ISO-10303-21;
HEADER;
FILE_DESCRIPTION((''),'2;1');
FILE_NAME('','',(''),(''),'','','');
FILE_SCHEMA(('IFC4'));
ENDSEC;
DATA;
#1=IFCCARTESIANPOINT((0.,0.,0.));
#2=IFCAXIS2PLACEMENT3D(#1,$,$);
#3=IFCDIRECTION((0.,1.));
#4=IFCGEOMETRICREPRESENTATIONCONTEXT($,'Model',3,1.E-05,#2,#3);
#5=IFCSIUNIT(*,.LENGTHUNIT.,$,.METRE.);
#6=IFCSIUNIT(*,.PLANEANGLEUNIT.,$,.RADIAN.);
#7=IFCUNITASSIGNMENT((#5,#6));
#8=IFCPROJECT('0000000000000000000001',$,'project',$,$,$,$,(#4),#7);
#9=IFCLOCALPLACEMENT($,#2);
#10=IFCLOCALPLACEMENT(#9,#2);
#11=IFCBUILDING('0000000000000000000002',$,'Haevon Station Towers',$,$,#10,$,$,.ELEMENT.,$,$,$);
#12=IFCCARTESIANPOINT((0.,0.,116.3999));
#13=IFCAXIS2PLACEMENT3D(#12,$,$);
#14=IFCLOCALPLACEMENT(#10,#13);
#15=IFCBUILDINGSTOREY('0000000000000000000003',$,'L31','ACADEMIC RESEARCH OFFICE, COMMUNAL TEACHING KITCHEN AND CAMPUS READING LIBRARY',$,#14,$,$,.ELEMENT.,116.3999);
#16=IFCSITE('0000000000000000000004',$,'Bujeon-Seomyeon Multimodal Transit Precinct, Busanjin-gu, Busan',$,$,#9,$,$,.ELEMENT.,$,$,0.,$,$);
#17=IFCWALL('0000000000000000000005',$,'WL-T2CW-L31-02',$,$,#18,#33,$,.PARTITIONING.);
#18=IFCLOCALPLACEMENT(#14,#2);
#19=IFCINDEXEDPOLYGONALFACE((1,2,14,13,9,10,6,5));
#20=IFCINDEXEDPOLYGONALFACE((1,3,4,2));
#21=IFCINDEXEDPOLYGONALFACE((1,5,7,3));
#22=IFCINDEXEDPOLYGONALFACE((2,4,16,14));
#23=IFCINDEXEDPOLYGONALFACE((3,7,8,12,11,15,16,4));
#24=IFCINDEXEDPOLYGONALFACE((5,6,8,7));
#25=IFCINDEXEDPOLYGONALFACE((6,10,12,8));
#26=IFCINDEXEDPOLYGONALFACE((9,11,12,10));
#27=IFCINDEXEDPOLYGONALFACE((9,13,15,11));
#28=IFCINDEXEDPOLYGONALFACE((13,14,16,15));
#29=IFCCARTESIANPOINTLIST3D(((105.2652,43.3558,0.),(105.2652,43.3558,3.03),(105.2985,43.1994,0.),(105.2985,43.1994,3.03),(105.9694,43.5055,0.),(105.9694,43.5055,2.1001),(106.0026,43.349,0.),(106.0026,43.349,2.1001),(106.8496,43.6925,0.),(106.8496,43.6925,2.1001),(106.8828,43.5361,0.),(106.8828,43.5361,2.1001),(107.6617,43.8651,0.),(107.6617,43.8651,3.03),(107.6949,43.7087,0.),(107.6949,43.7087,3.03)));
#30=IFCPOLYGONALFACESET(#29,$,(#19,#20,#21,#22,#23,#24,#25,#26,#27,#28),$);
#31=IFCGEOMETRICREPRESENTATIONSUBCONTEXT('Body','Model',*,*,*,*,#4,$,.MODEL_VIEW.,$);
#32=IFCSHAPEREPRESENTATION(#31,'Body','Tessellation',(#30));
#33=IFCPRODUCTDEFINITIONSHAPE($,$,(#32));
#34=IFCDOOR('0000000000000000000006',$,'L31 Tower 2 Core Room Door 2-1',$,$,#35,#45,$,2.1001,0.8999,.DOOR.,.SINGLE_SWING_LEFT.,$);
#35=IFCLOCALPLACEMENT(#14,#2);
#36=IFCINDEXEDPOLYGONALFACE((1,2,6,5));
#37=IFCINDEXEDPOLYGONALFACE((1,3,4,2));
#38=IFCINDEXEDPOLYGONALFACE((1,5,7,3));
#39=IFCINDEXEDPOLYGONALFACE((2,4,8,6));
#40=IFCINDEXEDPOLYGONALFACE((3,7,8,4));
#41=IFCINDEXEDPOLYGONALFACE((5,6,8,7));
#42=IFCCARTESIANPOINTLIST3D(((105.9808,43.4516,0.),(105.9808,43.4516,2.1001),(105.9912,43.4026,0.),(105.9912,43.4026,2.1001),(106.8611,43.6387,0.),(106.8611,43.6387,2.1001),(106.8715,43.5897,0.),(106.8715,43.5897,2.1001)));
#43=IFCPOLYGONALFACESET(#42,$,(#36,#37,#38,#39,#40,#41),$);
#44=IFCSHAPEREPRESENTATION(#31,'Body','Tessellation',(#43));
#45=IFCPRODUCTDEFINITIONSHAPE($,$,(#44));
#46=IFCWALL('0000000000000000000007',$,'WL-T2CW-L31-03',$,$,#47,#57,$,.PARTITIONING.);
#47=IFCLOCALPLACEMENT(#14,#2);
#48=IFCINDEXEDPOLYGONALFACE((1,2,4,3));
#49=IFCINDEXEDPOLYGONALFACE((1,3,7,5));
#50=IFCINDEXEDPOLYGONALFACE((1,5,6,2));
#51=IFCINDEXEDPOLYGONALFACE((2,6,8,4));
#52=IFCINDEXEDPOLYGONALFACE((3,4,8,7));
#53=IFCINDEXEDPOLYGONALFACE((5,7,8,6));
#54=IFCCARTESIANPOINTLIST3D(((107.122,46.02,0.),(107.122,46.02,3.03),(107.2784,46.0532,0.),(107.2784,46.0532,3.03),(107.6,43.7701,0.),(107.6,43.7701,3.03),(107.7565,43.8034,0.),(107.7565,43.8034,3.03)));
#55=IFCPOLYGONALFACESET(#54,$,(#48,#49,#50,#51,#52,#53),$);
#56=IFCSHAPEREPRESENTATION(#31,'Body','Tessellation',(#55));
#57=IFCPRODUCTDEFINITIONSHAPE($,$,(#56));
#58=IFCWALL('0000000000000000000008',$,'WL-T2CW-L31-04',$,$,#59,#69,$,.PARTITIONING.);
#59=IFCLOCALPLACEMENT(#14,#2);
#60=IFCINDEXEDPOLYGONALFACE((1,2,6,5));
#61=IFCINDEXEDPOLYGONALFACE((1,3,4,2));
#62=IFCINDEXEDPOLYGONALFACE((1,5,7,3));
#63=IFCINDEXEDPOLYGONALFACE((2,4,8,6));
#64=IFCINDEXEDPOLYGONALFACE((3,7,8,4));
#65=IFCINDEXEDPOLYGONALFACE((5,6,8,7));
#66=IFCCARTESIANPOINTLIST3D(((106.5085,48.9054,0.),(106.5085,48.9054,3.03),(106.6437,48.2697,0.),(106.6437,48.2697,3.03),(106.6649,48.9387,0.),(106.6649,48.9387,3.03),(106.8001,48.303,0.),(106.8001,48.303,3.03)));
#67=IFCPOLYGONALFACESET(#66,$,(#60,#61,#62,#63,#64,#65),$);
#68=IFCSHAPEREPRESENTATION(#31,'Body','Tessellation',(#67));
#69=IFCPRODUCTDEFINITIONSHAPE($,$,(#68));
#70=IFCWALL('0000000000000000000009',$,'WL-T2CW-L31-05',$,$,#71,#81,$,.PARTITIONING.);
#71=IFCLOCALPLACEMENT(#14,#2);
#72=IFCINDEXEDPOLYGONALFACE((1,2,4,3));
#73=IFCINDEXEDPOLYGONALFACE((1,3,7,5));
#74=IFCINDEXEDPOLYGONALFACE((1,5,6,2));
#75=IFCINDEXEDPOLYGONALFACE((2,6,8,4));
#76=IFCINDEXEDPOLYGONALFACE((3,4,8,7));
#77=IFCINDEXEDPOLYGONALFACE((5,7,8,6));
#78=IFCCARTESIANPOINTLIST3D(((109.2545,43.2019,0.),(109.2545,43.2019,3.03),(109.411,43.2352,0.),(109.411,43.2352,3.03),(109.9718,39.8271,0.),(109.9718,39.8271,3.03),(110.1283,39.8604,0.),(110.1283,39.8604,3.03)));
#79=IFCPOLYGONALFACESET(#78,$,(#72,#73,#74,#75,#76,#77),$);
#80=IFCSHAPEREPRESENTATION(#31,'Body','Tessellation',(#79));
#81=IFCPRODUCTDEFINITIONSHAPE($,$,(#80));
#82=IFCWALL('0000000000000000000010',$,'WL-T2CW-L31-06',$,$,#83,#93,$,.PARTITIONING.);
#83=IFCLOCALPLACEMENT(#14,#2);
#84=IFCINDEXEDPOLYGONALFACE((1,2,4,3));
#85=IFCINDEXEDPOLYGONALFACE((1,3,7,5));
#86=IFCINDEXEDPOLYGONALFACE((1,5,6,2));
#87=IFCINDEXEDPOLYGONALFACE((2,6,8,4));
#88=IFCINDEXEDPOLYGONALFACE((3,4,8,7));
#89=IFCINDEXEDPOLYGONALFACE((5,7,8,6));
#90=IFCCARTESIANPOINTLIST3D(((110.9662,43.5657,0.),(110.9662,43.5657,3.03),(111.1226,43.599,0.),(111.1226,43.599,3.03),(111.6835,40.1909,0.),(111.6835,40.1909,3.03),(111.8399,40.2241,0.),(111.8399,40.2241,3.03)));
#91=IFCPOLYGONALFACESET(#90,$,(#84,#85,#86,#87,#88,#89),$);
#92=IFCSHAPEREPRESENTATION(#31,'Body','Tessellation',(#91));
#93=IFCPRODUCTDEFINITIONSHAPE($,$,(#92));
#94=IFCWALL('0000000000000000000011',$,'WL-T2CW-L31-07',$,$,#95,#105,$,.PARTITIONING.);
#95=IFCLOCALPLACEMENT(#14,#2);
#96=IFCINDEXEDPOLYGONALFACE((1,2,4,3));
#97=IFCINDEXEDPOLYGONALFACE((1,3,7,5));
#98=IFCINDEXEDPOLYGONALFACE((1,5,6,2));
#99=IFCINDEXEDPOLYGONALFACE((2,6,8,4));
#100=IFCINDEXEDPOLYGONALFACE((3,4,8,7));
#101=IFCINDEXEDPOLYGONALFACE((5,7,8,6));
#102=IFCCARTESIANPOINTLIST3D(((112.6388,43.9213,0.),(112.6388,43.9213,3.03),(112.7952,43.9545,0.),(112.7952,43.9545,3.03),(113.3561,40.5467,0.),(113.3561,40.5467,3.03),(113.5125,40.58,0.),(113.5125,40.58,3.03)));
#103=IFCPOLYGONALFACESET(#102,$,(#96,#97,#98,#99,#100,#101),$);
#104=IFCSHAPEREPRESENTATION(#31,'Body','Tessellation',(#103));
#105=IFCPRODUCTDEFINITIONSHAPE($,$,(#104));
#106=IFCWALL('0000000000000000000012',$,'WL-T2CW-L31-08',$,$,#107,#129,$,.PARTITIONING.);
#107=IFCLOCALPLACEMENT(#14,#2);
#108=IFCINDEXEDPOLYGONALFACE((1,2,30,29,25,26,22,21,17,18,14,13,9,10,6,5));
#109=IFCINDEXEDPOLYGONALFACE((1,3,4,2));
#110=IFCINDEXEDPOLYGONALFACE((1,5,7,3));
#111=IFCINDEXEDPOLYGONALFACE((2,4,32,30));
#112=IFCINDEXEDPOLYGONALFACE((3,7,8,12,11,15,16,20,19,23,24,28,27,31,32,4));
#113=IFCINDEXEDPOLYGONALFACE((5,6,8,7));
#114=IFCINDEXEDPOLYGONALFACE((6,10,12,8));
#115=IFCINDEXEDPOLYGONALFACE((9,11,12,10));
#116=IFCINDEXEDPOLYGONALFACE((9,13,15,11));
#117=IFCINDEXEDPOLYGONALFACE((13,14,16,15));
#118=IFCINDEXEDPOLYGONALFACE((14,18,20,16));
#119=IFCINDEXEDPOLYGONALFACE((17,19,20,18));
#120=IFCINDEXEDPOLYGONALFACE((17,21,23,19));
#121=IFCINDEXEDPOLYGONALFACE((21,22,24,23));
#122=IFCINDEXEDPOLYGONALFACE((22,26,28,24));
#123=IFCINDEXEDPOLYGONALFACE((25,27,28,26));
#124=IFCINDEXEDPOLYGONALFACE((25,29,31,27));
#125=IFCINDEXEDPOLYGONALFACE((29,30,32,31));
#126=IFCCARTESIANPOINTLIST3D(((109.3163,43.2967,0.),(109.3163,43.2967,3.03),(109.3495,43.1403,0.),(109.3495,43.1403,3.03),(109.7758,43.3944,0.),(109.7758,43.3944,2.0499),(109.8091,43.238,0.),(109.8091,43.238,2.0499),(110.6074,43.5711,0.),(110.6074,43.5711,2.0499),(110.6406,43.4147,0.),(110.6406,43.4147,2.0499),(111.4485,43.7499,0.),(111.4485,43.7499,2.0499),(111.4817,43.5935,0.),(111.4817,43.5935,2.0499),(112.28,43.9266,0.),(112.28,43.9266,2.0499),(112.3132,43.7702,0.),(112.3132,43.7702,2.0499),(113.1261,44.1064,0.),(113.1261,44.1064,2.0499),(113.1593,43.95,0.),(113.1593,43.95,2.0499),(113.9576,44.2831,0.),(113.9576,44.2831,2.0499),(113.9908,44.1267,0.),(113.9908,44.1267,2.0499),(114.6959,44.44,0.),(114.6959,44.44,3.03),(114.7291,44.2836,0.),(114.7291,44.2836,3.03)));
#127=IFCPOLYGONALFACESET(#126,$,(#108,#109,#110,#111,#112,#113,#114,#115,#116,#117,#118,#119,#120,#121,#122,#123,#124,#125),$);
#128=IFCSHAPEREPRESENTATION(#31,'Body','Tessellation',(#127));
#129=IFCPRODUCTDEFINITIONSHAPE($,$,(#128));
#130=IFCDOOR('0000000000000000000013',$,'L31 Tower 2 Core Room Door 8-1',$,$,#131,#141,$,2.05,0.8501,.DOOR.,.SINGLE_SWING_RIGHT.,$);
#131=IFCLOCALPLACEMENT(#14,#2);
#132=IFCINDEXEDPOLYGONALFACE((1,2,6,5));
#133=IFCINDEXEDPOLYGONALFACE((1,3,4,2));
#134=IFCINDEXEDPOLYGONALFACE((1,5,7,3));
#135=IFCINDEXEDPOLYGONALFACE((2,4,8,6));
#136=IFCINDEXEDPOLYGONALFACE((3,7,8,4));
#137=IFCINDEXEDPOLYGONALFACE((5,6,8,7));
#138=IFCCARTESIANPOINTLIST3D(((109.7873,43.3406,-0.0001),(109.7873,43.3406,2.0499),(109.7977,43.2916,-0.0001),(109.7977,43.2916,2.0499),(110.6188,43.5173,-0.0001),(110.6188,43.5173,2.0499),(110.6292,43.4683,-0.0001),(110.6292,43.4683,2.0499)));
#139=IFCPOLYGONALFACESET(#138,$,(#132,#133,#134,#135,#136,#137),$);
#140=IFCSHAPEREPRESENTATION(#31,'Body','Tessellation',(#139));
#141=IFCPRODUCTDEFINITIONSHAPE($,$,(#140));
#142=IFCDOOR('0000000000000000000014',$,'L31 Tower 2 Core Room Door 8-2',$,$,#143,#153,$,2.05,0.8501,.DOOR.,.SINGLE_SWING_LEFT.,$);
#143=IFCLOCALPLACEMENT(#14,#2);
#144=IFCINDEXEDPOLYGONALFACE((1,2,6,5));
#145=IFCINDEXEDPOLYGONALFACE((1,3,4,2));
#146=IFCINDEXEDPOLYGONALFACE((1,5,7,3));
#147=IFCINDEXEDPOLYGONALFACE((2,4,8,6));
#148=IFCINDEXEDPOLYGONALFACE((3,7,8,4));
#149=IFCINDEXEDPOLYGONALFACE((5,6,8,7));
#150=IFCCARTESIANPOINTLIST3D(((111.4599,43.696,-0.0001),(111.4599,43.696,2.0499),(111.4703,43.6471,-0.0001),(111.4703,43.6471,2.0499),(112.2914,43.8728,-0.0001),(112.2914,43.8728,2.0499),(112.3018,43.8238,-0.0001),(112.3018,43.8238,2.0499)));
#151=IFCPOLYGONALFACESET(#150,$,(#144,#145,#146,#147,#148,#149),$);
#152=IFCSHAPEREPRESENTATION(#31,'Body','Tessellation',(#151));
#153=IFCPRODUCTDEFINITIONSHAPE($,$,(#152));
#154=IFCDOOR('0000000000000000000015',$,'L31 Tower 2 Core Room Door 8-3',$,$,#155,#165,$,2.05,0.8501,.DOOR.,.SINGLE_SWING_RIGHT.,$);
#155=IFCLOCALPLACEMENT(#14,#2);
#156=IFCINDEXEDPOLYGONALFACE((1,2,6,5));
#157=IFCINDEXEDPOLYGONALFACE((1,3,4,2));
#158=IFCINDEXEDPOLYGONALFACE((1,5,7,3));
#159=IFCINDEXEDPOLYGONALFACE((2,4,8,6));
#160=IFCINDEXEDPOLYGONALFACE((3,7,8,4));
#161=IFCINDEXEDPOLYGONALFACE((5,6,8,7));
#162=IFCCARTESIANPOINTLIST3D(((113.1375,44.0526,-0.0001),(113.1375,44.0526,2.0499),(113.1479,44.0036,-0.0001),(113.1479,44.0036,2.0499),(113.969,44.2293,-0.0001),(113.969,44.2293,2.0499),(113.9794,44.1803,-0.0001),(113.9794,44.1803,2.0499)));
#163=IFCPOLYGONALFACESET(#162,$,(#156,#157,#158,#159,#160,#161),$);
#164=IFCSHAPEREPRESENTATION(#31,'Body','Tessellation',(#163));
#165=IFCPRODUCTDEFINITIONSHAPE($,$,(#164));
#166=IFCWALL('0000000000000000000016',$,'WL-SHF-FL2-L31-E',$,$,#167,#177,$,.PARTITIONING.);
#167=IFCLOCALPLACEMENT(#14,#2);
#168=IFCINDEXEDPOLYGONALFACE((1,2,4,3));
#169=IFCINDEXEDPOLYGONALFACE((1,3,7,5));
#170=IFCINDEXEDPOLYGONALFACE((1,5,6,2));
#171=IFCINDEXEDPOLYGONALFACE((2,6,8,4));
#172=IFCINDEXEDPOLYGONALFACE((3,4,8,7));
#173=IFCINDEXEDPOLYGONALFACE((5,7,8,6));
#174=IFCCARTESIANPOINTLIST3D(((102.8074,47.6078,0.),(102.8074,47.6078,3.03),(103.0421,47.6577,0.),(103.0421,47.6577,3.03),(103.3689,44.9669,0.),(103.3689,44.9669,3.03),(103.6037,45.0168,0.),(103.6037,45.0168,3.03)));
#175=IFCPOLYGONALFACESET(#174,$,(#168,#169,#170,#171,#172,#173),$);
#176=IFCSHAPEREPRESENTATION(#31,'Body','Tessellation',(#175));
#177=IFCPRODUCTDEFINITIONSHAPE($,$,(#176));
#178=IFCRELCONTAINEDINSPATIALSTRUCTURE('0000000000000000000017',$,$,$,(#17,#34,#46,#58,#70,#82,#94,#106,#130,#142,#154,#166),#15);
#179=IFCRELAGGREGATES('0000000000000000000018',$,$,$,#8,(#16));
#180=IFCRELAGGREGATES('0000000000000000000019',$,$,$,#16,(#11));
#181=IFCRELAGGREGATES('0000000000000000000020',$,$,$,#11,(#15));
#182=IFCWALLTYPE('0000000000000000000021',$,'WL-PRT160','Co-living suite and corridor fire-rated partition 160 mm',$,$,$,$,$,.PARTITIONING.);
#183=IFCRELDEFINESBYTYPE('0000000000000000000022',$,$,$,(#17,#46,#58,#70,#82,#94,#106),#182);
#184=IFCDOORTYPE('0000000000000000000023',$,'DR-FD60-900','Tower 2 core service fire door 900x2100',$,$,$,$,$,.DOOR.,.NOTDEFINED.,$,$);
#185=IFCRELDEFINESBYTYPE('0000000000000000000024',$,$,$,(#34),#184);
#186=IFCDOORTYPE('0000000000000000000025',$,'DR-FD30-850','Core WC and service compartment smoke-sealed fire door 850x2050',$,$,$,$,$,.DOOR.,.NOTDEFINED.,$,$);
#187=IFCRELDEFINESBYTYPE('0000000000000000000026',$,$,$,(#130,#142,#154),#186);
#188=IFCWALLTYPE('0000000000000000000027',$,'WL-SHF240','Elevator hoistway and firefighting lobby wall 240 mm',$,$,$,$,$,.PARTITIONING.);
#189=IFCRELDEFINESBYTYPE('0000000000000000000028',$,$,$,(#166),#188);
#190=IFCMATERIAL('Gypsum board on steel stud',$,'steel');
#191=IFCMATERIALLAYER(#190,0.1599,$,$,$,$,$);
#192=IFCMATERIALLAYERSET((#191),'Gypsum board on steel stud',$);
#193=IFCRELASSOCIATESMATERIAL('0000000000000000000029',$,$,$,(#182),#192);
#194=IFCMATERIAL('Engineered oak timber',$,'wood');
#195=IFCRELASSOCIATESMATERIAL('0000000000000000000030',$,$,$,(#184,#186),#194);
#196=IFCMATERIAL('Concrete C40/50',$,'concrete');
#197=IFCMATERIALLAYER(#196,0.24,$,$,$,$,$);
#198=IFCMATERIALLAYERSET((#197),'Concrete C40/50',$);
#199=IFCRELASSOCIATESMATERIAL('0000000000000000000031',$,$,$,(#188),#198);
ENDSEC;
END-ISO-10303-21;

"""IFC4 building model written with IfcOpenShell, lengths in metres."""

from ifc_helpers import new_model, si_unit, direction, frame, frame_2d, origin, place, context, subcontext, project, spatial, rectangle, extrude, material, layer, layer_set, type_object, element, fill, save


model = new_model("IFC4")

# Units and contexts
model_context = context("Model", 3, precision=1e-05, world=origin(), true_north=direction((0.0, 1.0)))
body_context = subcontext(model_context, "Body", "Model", "MODEL_VIEW")
ifc_project = project(units=[si_unit("LENGTHUNIT", "METRE"), si_unit("PLANEANGLEUNIT", "RADIAN")], contexts=[model_context])

# Site, building, storey
site_placement = place(None, origin())
site = spatial("IfcSite", under=ifc_project, at=site_placement, Name="Bujeon-Seomyeon Multimodal Transit Precinct, Busanjin-gu, Busan", CompositionType="ELEMENT", RefElevation=0.0)
building_placement = place(site_placement, origin())
building = spatial("IfcBuilding", under=site, at=building_placement, Name="Haevon Station Towers", CompositionType="ELEMENT")
storey_placement = place(building_placement, frame((0.0, 0.0, 116.3999)))
storey = spatial("IfcBuildingStorey", under=building, at=storey_placement, Name="L31", Description="ACADEMIC RESEARCH OFFICE, COMMUNAL TEACHING KITCHEN AND CAMPUS READING LIBRARY", CompositionType="ELEMENT", Elevation=116.3999)

# Shared definitions
ifc_material_1 = material(Name="Gypsum board on steel stud", Category="steel")
ifc_material_2 = material(Name="Engineered oak timber", Category="wood")

# Shared definitions
ifc_layer_1 = layer(ifc_material_1, 0.1599)
ifc_layer_set_1 = layer_set([ifc_layer_1], Name="Gypsum board on steel stud")
wall_type_1 = type_object("IfcWallType", Name="WL-PRT160", Description="Co-living suite and corridor fire-rated partition 160 mm", PredefinedType="PARTITIONING", material=ifc_layer_set_1)

# Wall, opening, door
wall_1_placement = place(storey_placement, frame((105.2817, 43.2776, 0.0), z_axis=(0.0, 0.0, 1.0), x_axis=(0.978157, 0.207868, 0.0)))
wall_1 = element("IfcWall", 1, at=wall_1_placement, inside=storey, type_object=wall_type_1, Name="WL-T2CW-L31-02", PredefinedType="PARTITIONING", context=body_context, shape_type="SweptSolid", body=[
    extrude(rectangle(XDim=2.45, YDim=0.1599, at=frame_2d((1.2251, 0.0))), origin(), (0.0, 0.0, 1.0), 3.03),
])
opening_1_placement = place(wall_1_placement, frame((0.72, 0.0, 0.0)))
opening_1 = element("IfcOpeningElement", 2, at=opening_1_placement, cuts=wall_1, PredefinedType="OPENING", context=body_context, shape_type="SweptSolid", body=[
    extrude(rectangle(XDim=0.8999, YDim=2.1001, at=frame_2d((0.45, 1.05))), frame((0.0, 0.0898, 0.0), z_axis=(0.0, -1.0, 0.0), x_axis=(1.0, 0.0, 0.0)), (0.0, 0.0, 1.0), 0.1799),
])
door_type_1 = type_object("IfcDoorType", Name="DR-FD60-900", Description="Tower 2 core service fire door 900x2100", OperationType="NOTDEFINED", PredefinedType="DOOR", material=ifc_material_2)
door_1_placement = place(opening_1_placement, origin())
door_1 = element("IfcDoor", 3, at=door_1_placement, inside=storey, type_object=door_type_1, Name="L31 Tower 2 Core Room Door 2-1", OperationType="SINGLE_SWING_LEFT", OverallHeight=2.1001, OverallWidth=0.8999, PredefinedType="DOOR", context=body_context, shape_type="SweptSolid", body=[
    extrude(rectangle(XDim=0.8999, YDim=2.1001, at=frame_2d((0.45, 1.05))), frame((0.0, 0.0249, 0.0), z_axis=(0.0, -1.0, 0.0), x_axis=(1.0, 0.0, 0.0)), (0.0, 0.0, 1.0), 0.05),
])
fill(opening_1, door_1)

# Walls
wall_2_placement = place(storey_placement, frame((107.6782, 43.7869, 0.0), z_axis=(0.0, 0.0, 1.0), x_axis=(-0.20784, 0.978163, 0.0)))
element("IfcWall", 4, at=wall_2_placement, inside=storey, type_object=wall_type_1, Name="WL-T2CW-L31-03", PredefinedType="PARTITIONING", context=body_context, shape_type="SweptSolid", body=[
    extrude(rectangle(XDim=2.3, YDim=0.1599, at=frame_2d((1.1499, 0.0))), origin(), (0.0, 0.0, 1.0), 3.03),
])
wall_3_placement = place(storey_placement, frame((106.7219, 48.2864, 0.0), z_axis=(0.0, 0.0, 1.0), x_axis=(-0.208092, 0.978109, 0.0)))
element("IfcWall", 5, at=wall_3_placement, inside=storey, type_object=wall_type_1, Name="WL-T2CW-L31-04", PredefinedType="PARTITIONING", context=body_context, shape_type="SweptSolid", body=[
    extrude(rectangle(XDim=0.6499, YDim=0.1599, at=frame_2d((0.325, 0.0))), origin(), (0.0, 0.0, 1.0), 3.03),
])
for number, where, z_axis, x_axis, name in (
    (6, (110.05, 39.8438, 0.0), (0.0, 0.0, 1.0), (-0.2079, 0.97815, 0.0), "WL-T2CW-L31-05"),
    (7, (111.7617, 40.2075, 0.0), (0.0, 0.0, 1.0), (-0.2079, 0.97815, 0.0), "WL-T2CW-L31-06"),
):
    element("IfcWall", number, at=place(storey_placement, frame(where, z_axis=z_axis, x_axis=x_axis)), inside=storey, type_object=wall_type_1, Name=name, PredefinedType="PARTITIONING", context=body_context, shape_type="SweptSolid", body=[
        extrude(rectangle(XDim=3.4502, YDim=0.1599, at=frame_2d((1.7251, 0.0))), origin(), (0.0, 0.0, 1.0), 3.03),
    ])
wall_4_placement = place(storey_placement, frame((113.4343, 40.5632, 0.0), z_axis=(0.0, 0.0, 1.0), x_axis=(-0.207915, 0.978147, 0.0)))
element("IfcWall", 8, at=wall_4_placement, inside=storey, type_object=wall_type_1, Name="WL-T2CW-L31-07", PredefinedType="PARTITIONING", context=body_context, shape_type="SweptSolid", body=[
    extrude(rectangle(XDim=3.45, YDim=0.1599, at=frame_2d((1.7251, 0.0))), origin(), (0.0, 0.0, 1.0), 3.03),
])

# Wall, openings, doors
wall_5_placement = place(storey_placement, frame((109.3328, 43.2185, 0.0), z_axis=(0.0, 0.0, 1.0), x_axis=(0.978154, 0.207883, 0.0)))
wall_5 = element("IfcWall", 9, at=wall_5_placement, inside=storey, type_object=wall_type_1, Name="WL-T2CW-L31-08", PredefinedType="PARTITIONING", context=body_context, shape_type="SweptSolid", body=[
    extrude(rectangle(XDim=5.4998, YDim=0.1599, at=frame_2d((2.75, 0.0))), origin(), (0.0, 0.0, 1.0), 3.03),
])
opening_2_placement = place(wall_5_placement, frame((0.47, 0.0, 0.0)))
opening_2 = element("IfcOpeningElement", 10, at=opening_2_placement, cuts=wall_5, PredefinedType="OPENING", context=body_context, shape_type="SweptSolid", body=[
    extrude(rectangle(XDim=0.8501, YDim=2.05, at=frame_2d((0.425, 1.0249))), frame((0.0, 0.0898, 0.0), z_axis=(0.0, -1.0, 0.0), x_axis=(1.0, 0.0, 0.0)), (0.0, 0.0, 1.0), 0.1799),
])
opening_3_placement = place(wall_5_placement, frame((2.1799, 0.0, 0.0)))
opening_3 = element("IfcOpeningElement", 11, at=opening_3_placement, cuts=wall_5, PredefinedType="OPENING", context=body_context, shape_type="SweptSolid", body=[
    extrude(rectangle(XDim=0.8501, YDim=2.05, at=frame_2d((0.425, 1.0249))), frame((0.0, 0.0898, 0.0), z_axis=(0.0, -1.0, 0.0), x_axis=(1.0, 0.0, 0.0)), (0.0, 0.0, 1.0), 0.1799),
])
opening_4_placement = place(wall_5_placement, frame((3.895, 0.0, 0.0)))
opening_4 = element("IfcOpeningElement", 12, at=opening_4_placement, cuts=wall_5, PredefinedType="OPENING", context=body_context, shape_type="SweptSolid", body=[
    extrude(rectangle(XDim=0.8501, YDim=2.05, at=frame_2d((0.425, 1.0249))), frame((0.0, 0.0898, 0.0), z_axis=(0.0, -1.0, 0.0), x_axis=(1.0, 0.0, 0.0)), (0.0, 0.0, 1.0), 0.1799),
])
door_type_2 = type_object("IfcDoorType", Name="DR-FD30-850", Description="Core WC and service compartment smoke-sealed fire door 850x2050", OperationType="NOTDEFINED", PredefinedType="DOOR", material=ifc_material_2)
door_2_placement = place(opening_2_placement, origin())
door_2 = element("IfcDoor", 13, at=door_2_placement, inside=storey, type_object=door_type_2, Name="L31 Tower 2 Core Room Door 8-1", OperationType="SINGLE_SWING_RIGHT", OverallHeight=2.05, OverallWidth=0.8501, PredefinedType="DOOR", context=body_context, shape_type="SweptSolid", body=[
    extrude(rectangle(XDim=0.8501, YDim=2.05, at=frame_2d((0.425, 1.0249))), frame((0.0, 0.0249, 0.0), z_axis=(0.0, -1.0, 0.0), x_axis=(1.0, 0.0, 0.0)), (0.0, 0.0, 1.0), 0.05),
])
fill(opening_2, door_2)
door_3_placement = place(opening_3_placement, origin())
door_3 = element("IfcDoor", 14, at=door_3_placement, inside=storey, type_object=door_type_2, Name="L31 Tower 2 Core Room Door 8-2", OperationType="SINGLE_SWING_LEFT", OverallHeight=2.05, OverallWidth=0.8501, PredefinedType="DOOR", context=body_context, shape_type="SweptSolid", body=[
    extrude(rectangle(XDim=0.8501, YDim=2.05, at=frame_2d((0.425, 1.0249))), frame((0.0, 0.0249, 0.0), z_axis=(0.0, -1.0, 0.0), x_axis=(1.0, 0.0, 0.0)), (0.0, 0.0, 1.0), 0.05),
])
fill(opening_3, door_3)
door_4_placement = place(opening_4_placement, origin())
door_4 = element("IfcDoor", 15, at=door_4_placement, inside=storey, type_object=door_type_2, Name="L31 Tower 2 Core Room Door 8-3", OperationType="SINGLE_SWING_RIGHT", OverallHeight=2.05, OverallWidth=0.8501, PredefinedType="DOOR", context=body_context, shape_type="SweptSolid", body=[
    extrude(rectangle(XDim=0.8501, YDim=2.05, at=frame_2d((0.425, 1.0249))), frame((0.0, 0.0249, 0.0), z_axis=(0.0, -1.0, 0.0), x_axis=(1.0, 0.0, 0.0)), (0.0, 0.0, 1.0), 0.05),
])
fill(opening_4, door_4)

# Wall
ifc_material_3 = material(Name="Concrete C40/50", Category="concrete")
ifc_layer_2 = layer(ifc_material_3, 0.24)
ifc_layer_set_2 = layer_set([ifc_layer_2], Name="Concrete C40/50")
wall_type_2 = type_object("IfcWallType", Name="WL-SHF240", Description="Elevator hoistway and firefighting lobby wall 240 mm", PredefinedType="PARTITIONING", material=ifc_layer_set_2)
wall_6_placement = place(storey_placement, frame((103.4863, 44.9917, 0.0), z_axis=(0.0, 0.0, 1.0), x_axis=(-0.207979, 0.978133, 0.0)))
element("IfcWall", 16, at=wall_6_placement, inside=storey, type_object=wall_type_2, Name="WL-SHF-FL2-L31-E", PredefinedType="PARTITIONING", context=body_context, shape_type="SweptSolid", body=[
    extrude(rectangle(XDim=2.7, YDim=0.24, at=frame_2d((1.3501, 0.0))), origin(), (0.0, 0.0, 1.0), 3.03),
])

save(model, "model.ifc")
